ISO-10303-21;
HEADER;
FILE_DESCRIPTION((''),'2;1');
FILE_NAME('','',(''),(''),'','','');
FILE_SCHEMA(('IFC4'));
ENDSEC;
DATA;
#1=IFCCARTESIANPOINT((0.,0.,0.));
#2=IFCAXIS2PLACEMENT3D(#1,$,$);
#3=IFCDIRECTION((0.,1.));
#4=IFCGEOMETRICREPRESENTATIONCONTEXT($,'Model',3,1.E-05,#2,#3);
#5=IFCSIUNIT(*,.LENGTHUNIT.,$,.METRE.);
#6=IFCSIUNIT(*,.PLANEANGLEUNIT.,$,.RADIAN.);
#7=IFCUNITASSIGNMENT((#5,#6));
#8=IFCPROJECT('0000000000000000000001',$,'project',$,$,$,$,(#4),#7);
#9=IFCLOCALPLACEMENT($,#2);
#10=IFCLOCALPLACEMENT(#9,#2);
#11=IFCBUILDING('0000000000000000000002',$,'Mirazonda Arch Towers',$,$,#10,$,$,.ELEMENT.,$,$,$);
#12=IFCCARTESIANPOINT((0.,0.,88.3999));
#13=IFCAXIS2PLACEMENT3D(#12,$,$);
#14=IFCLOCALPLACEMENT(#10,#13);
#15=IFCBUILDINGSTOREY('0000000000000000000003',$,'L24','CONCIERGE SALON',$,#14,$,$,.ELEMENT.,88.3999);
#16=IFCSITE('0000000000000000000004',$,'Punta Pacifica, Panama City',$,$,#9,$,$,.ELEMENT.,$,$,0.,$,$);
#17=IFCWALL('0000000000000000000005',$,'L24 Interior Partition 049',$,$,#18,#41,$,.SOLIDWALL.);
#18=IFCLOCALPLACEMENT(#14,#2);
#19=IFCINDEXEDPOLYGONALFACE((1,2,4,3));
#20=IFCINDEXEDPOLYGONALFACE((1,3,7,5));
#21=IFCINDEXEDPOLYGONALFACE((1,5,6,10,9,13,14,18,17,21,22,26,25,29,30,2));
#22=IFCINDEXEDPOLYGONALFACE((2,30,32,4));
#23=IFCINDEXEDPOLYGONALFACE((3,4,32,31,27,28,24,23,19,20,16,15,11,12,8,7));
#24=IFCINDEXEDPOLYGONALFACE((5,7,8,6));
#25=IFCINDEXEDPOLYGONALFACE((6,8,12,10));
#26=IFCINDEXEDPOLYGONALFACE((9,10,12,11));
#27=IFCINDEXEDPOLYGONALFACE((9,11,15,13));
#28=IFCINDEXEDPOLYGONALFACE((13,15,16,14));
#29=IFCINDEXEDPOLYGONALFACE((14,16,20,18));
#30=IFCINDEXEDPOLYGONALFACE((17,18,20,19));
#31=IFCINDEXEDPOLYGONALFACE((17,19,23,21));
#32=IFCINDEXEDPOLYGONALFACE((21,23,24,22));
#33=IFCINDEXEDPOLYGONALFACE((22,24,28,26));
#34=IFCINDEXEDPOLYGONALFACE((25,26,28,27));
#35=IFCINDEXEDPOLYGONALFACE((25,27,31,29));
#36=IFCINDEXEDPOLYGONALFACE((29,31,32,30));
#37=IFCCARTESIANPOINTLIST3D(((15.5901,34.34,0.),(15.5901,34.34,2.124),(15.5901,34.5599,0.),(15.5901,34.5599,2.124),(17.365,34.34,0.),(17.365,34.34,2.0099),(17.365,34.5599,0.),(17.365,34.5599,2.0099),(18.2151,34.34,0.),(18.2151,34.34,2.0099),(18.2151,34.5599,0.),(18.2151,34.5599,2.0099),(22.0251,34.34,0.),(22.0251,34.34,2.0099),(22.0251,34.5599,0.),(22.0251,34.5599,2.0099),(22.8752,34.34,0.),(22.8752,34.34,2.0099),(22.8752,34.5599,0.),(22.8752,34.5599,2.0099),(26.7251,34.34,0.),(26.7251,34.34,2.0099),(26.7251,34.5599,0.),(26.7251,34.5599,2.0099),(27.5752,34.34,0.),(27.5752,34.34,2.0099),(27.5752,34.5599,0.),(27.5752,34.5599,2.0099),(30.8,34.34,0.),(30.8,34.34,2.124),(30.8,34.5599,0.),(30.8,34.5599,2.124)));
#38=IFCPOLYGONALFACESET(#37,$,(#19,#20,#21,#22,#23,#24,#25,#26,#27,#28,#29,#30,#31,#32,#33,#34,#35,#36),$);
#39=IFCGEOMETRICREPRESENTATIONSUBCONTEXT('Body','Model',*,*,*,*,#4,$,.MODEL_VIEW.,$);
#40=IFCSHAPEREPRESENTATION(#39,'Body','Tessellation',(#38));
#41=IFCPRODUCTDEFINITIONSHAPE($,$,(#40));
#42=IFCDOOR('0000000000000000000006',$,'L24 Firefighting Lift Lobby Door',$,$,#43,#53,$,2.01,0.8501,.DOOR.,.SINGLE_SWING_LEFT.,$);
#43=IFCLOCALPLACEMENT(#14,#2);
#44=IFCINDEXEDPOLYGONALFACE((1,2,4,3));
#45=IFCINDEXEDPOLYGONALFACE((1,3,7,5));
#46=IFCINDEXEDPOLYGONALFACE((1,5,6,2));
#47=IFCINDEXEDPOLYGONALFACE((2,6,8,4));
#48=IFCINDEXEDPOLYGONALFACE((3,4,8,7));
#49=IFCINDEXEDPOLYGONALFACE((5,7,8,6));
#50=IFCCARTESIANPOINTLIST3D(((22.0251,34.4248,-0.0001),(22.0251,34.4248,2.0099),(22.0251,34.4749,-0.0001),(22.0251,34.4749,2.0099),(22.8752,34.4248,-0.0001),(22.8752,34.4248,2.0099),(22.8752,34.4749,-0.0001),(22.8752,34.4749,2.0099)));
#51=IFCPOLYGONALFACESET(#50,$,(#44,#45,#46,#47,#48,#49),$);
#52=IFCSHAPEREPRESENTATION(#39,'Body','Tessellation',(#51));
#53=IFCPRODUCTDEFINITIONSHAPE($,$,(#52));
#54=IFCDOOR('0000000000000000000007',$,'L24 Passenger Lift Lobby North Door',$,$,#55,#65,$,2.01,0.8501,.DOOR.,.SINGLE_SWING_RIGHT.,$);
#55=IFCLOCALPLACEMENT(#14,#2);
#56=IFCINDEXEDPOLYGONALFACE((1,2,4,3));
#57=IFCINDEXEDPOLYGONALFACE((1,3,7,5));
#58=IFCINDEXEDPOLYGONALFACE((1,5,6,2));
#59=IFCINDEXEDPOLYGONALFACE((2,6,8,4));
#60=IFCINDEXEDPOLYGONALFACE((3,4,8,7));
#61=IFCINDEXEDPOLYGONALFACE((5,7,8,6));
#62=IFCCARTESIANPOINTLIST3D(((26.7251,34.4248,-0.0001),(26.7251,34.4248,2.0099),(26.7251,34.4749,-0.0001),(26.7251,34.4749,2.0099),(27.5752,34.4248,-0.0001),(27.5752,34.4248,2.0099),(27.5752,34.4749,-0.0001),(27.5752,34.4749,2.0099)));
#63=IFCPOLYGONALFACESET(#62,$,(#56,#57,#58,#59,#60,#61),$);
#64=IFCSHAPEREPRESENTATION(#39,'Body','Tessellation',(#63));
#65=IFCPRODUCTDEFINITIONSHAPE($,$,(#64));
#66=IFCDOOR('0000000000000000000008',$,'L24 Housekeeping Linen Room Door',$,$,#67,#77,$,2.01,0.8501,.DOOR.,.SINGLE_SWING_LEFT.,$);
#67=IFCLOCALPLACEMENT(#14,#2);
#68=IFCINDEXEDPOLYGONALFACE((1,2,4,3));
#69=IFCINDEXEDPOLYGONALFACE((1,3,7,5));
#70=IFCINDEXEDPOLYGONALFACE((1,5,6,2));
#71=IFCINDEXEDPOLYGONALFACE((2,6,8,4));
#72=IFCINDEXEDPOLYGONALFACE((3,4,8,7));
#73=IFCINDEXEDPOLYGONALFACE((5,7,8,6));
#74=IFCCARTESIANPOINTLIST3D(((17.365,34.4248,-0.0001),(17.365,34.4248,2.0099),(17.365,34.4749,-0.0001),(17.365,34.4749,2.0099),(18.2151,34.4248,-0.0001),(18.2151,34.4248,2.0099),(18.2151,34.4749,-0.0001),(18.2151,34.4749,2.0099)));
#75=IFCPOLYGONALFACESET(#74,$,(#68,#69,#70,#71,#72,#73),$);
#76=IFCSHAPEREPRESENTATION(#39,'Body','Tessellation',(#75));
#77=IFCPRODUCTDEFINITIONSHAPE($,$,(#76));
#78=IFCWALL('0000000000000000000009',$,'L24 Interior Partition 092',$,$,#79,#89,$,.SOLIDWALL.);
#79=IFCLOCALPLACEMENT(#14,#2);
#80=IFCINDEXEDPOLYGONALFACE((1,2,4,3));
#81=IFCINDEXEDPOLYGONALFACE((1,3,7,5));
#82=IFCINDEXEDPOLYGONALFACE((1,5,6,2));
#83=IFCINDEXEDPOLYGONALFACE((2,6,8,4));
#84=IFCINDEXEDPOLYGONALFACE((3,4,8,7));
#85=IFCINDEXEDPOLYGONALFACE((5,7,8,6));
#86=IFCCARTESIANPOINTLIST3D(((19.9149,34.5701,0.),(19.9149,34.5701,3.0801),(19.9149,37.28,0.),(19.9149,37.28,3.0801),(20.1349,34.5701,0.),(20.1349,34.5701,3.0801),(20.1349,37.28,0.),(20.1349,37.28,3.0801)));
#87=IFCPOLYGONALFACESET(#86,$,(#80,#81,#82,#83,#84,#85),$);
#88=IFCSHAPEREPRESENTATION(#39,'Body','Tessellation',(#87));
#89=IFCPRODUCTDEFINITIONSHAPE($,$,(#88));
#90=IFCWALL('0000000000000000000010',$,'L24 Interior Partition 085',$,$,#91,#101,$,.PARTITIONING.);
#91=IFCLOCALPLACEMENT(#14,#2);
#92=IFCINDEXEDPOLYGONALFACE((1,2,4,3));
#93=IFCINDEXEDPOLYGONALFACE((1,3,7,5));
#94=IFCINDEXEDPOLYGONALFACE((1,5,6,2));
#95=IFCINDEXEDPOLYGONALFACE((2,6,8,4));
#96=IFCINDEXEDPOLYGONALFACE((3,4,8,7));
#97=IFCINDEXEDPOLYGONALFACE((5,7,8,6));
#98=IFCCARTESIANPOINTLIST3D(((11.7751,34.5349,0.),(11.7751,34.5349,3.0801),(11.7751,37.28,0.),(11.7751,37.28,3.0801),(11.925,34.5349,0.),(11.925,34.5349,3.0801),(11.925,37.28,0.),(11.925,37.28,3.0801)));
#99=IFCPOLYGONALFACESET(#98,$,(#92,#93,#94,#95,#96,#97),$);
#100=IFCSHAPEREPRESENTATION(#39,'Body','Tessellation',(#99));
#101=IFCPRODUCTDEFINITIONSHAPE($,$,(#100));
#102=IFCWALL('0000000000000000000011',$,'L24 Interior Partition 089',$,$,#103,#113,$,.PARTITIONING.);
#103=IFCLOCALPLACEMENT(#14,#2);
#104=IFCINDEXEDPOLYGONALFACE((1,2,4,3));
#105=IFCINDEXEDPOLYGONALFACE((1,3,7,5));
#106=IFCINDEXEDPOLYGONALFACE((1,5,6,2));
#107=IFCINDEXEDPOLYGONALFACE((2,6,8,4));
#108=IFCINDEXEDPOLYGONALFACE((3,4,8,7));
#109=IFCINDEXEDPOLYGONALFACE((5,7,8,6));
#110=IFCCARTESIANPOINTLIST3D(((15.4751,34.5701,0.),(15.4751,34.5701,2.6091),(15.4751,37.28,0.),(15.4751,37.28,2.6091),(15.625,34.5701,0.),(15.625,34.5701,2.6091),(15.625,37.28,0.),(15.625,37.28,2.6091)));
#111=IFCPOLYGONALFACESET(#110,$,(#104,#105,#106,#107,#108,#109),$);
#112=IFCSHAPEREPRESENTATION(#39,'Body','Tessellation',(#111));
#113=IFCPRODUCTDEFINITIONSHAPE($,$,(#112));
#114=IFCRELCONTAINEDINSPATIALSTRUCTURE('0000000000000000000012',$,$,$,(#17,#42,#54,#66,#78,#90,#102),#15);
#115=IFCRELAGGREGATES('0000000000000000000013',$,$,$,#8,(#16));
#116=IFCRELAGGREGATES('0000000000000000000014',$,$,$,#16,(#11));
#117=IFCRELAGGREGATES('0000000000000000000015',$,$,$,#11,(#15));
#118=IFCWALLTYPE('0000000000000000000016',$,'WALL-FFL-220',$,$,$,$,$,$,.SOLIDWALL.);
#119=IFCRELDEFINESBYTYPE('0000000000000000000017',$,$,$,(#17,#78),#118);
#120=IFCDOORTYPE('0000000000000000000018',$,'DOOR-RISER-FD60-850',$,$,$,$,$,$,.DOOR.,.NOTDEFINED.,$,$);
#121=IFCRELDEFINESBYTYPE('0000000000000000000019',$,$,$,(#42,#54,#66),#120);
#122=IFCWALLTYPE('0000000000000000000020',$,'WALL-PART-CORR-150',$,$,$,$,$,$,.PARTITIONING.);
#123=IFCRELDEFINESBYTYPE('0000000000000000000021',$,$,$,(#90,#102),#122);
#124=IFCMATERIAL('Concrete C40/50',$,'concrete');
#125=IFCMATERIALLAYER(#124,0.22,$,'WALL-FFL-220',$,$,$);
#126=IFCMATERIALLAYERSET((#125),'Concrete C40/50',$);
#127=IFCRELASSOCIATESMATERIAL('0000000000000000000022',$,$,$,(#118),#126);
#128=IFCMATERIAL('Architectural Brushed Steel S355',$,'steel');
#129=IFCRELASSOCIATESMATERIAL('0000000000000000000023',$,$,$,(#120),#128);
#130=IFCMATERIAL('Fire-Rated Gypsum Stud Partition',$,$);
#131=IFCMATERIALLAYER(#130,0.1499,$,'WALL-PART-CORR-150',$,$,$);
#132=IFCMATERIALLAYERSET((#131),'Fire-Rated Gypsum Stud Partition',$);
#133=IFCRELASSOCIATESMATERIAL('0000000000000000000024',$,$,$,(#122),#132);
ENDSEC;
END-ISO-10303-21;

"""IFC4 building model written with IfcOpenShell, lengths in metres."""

from ifc_helpers import new_model, si_unit, direction, frame, frame_2d, origin, place, context, subcontext, project, spatial, rectangle, extrude, material, layer, layer_set, type_object, element, fill, save


model = new_model("IFC4")

# Units and contexts
model_context = context("Model", 3, precision=1e-05, world=origin(), true_north=direction((0.0, 1.0)))
body_context = subcontext(model_context, "Body", "Model", "MODEL_VIEW")
ifc_project = project(units=[si_unit("LENGTHUNIT", "METRE"), si_unit("PLANEANGLEUNIT", "RADIAN")], contexts=[model_context])

# Site, building, storey
site_placement = place(None, origin())
site = spatial("IfcSite", under=ifc_project, at=site_placement, Name="Punta Pacifica, Panama City", CompositionType="ELEMENT", RefElevation=0.0)
building_placement = place(site_placement, origin())
building = spatial("IfcBuilding", under=site, at=building_placement, Name="Mirazonda Arch Towers", CompositionType="ELEMENT")
storey_placement = place(building_placement, frame((0.0, 0.0, 88.3999)))
storey = spatial("IfcBuildingStorey", under=building, at=storey_placement, Name="L24", Description="CONCIERGE SALON", CompositionType="ELEMENT", Elevation=88.3999)

# Shared definitions
ifc_material_1 = material(Name="Architectural Brushed Steel S355", Category="steel")

# Wall, openings, doors
ifc_material_2 = material(Name="Concrete C40/50", Category="concrete")
ifc_layer_1 = layer(ifc_material_2, 0.22, Name="WALL-FFL-220")
ifc_layer_set_1 = layer_set([ifc_layer_1], Name="Concrete C40/50")
wall_type_1 = type_object("IfcWallType", Name="WALL-FFL-220", PredefinedType="SOLIDWALL", material=ifc_layer_set_1)
wall_1_placement = place(storey_placement, frame((15.5901, 34.45, 0.0), z_axis=(0.0, 0.0, 1.0), x_axis=(1.0, 0.0, 0.0)))
wall_1 = element("IfcWall", 1, at=wall_1_placement, inside=storey, type_object=wall_type_1, Name="L24 Interior Partition 049", PredefinedType="SOLIDWALL", context=body_context, shape_type="SweptSolid", body=[
    extrude(rectangle(XDim=15.21, YDim=0.22, at=frame_2d((7.605, 0.0))), origin(), (0.0, 0.0, 1.0), 2.124),
])
opening_1_placement = place(wall_1_placement, frame((6.4351, 0.0, 0.0)))
opening_1 = element("IfcOpeningElement", 2, at=opening_1_placement, cuts=wall_1, PredefinedType="OPENING", context=body_context, shape_type="SweptSolid", body=[
    extrude(rectangle(XDim=0.8501, YDim=2.01, at=frame_2d((0.425, 1.0049))), frame((0.0, 0.1199, 0.0), z_axis=(0.0, -1.0, 0.0), x_axis=(1.0, 0.0, 0.0)), (0.0, 0.0, 1.0), 0.24),
])
opening_2_placement = place(wall_1_placement, frame((11.135, 0.0, 0.0)))
opening_2 = element("IfcOpeningElement", 3, at=opening_2_placement, cuts=wall_1, PredefinedType="OPENING", context=body_context, shape_type="SweptSolid", body=[
    extrude(rectangle(XDim=0.8501, YDim=2.01, at=frame_2d((0.425, 1.0049))), frame((0.0, 0.1199, 0.0), z_axis=(0.0, -1.0, 0.0), x_axis=(1.0, 0.0, 0.0)), (0.0, 0.0, 1.0), 0.24),
])
opening_3_placement = place(wall_1_placement, frame((1.7749, 0.0, 0.0)))
opening_3 = element("IfcOpeningElement", 4, at=opening_3_placement, cuts=wall_1, PredefinedType="OPENING", context=body_context, shape_type="SweptSolid", body=[
    extrude(rectangle(XDim=0.8501, YDim=2.01, at=frame_2d((0.425, 1.0049))), frame((0.0, 0.1199, 0.0), z_axis=(0.0, -1.0, 0.0), x_axis=(1.0, 0.0, 0.0)), (0.0, 0.0, 1.0), 0.24),
])
door_type_1 = type_object("IfcDoorType", Name="DOOR-RISER-FD60-850", OperationType="NOTDEFINED", PredefinedType="DOOR", material=ifc_material_1)
door_1_placement = place(opening_1_placement, origin())
door_1 = element("IfcDoor", 5, at=door_1_placement, inside=storey, type_object=door_type_1, Name="L24 Firefighting Lift Lobby Door", OperationType="SINGLE_SWING_LEFT", OverallHeight=2.01, OverallWidth=0.8501, PredefinedType="DOOR", context=body_context, shape_type="SweptSolid", body=[
    extrude(rectangle(XDim=0.8501, YDim=2.01, at=frame_2d((0.425, 1.0049))), frame((0.0, 0.0249, 0.0), z_axis=(0.0, -1.0, 0.0), x_axis=(1.0, 0.0, 0.0)), (0.0, 0.0, 1.0), 0.05),
])
fill(opening_1, door_1)
door_2_placement = place(opening_2_placement, origin())
door_2 = element("IfcDoor", 6, at=door_2_placement, inside=storey, type_object=door_type_1, Name="L24 Passenger Lift Lobby North Door", OperationType="SINGLE_SWING_RIGHT", OverallHeight=2.01, OverallWidth=0.8501, PredefinedType="DOOR", context=body_context, shape_type="SweptSolid", body=[
    extrude(rectangle(XDim=0.8501, YDim=2.01, at=frame_2d((0.425, 1.0049))), frame((0.0, 0.0249, 0.0), z_axis=(0.0, -1.0, 0.0), x_axis=(1.0, 0.0, 0.0)), (0.0, 0.0, 1.0), 0.05),
])
fill(opening_2, door_2)
door_3_placement = place(opening_3_placement, origin())
door_3 = element("IfcDoor", 7, at=door_3_placement, inside=storey, type_object=door_type_1, Name="L24 Housekeeping Linen Room Door", OperationType="SINGLE_SWING_LEFT", OverallHeight=2.01, OverallWidth=0.8501, PredefinedType="DOOR", context=body_context, shape_type="SweptSolid", body=[
    extrude(rectangle(XDim=0.8501, YDim=2.01, at=frame_2d((0.425, 1.0049))), frame((0.0, 0.0249, 0.0), z_axis=(0.0, -1.0, 0.0), x_axis=(1.0, 0.0, 0.0)), (0.0, 0.0, 1.0), 0.05),
])
fill(opening_3, door_3)

# Walls
wall_2_placement = place(storey_placement, frame((20.0249, 34.5701, 0.0), z_axis=(0.0, 0.0, 1.0), x_axis=(0.0, 1.0, 0.0)))
element("IfcWall", 8, at=wall_2_placement, inside=storey, type_object=wall_type_1, Name="L24 Interior Partition 092", PredefinedType="SOLIDWALL", context=body_context, shape_type="SweptSolid", body=[
    extrude(rectangle(XDim=2.71, YDim=0.22, at=frame_2d((1.355, 0.0))), origin(), (0.0, 0.0, 1.0), 3.0801),
])
ifc_material_3 = material(Name="Fire-Rated Gypsum Stud Partition")
ifc_layer_2 = layer(ifc_material_3, 0.1499, Name="WALL-PART-CORR-150")
ifc_layer_set_2 = layer_set([ifc_layer_2], Name="Fire-Rated Gypsum Stud Partition")
wall_type_2 = type_object("IfcWallType", Name="WALL-PART-CORR-150", PredefinedType="PARTITIONING", material=ifc_layer_set_2)
wall_3_placement = place(storey_placement, frame((11.8501, 34.5349, 0.0), z_axis=(0.0, 0.0, 1.0), x_axis=(0.0, 1.0, 0.0)))
element("IfcWall", 9, at=wall_3_placement, inside=storey, type_object=wall_type_2, Name="L24 Interior Partition 085", PredefinedType="PARTITIONING", context=body_context, shape_type="SweptSolid", body=[
    extrude(rectangle(XDim=2.7451, YDim=0.1499, at=frame_2d((1.3726, 0.0))), origin(), (0.0, 0.0, 1.0), 3.0801),
])
wall_4_placement = place(storey_placement, frame((15.55, 34.5701, 0.0), z_axis=(0.0, 0.0, 1.0), x_axis=(0.0, 1.0, 0.0)))
element("IfcWall", 10, at=wall_4_placement, inside=storey, type_object=wall_type_2, Name="L24 Interior Partition 089", PredefinedType="PARTITIONING", context=body_context, shape_type="SweptSolid", body=[
    extrude(rectangle(XDim=2.71, YDim=0.1499, at=frame_2d((1.355, 0.0))), origin(), (0.0, 0.0, 1.0), 2.6091),
])

save(model, "model.ifc")
